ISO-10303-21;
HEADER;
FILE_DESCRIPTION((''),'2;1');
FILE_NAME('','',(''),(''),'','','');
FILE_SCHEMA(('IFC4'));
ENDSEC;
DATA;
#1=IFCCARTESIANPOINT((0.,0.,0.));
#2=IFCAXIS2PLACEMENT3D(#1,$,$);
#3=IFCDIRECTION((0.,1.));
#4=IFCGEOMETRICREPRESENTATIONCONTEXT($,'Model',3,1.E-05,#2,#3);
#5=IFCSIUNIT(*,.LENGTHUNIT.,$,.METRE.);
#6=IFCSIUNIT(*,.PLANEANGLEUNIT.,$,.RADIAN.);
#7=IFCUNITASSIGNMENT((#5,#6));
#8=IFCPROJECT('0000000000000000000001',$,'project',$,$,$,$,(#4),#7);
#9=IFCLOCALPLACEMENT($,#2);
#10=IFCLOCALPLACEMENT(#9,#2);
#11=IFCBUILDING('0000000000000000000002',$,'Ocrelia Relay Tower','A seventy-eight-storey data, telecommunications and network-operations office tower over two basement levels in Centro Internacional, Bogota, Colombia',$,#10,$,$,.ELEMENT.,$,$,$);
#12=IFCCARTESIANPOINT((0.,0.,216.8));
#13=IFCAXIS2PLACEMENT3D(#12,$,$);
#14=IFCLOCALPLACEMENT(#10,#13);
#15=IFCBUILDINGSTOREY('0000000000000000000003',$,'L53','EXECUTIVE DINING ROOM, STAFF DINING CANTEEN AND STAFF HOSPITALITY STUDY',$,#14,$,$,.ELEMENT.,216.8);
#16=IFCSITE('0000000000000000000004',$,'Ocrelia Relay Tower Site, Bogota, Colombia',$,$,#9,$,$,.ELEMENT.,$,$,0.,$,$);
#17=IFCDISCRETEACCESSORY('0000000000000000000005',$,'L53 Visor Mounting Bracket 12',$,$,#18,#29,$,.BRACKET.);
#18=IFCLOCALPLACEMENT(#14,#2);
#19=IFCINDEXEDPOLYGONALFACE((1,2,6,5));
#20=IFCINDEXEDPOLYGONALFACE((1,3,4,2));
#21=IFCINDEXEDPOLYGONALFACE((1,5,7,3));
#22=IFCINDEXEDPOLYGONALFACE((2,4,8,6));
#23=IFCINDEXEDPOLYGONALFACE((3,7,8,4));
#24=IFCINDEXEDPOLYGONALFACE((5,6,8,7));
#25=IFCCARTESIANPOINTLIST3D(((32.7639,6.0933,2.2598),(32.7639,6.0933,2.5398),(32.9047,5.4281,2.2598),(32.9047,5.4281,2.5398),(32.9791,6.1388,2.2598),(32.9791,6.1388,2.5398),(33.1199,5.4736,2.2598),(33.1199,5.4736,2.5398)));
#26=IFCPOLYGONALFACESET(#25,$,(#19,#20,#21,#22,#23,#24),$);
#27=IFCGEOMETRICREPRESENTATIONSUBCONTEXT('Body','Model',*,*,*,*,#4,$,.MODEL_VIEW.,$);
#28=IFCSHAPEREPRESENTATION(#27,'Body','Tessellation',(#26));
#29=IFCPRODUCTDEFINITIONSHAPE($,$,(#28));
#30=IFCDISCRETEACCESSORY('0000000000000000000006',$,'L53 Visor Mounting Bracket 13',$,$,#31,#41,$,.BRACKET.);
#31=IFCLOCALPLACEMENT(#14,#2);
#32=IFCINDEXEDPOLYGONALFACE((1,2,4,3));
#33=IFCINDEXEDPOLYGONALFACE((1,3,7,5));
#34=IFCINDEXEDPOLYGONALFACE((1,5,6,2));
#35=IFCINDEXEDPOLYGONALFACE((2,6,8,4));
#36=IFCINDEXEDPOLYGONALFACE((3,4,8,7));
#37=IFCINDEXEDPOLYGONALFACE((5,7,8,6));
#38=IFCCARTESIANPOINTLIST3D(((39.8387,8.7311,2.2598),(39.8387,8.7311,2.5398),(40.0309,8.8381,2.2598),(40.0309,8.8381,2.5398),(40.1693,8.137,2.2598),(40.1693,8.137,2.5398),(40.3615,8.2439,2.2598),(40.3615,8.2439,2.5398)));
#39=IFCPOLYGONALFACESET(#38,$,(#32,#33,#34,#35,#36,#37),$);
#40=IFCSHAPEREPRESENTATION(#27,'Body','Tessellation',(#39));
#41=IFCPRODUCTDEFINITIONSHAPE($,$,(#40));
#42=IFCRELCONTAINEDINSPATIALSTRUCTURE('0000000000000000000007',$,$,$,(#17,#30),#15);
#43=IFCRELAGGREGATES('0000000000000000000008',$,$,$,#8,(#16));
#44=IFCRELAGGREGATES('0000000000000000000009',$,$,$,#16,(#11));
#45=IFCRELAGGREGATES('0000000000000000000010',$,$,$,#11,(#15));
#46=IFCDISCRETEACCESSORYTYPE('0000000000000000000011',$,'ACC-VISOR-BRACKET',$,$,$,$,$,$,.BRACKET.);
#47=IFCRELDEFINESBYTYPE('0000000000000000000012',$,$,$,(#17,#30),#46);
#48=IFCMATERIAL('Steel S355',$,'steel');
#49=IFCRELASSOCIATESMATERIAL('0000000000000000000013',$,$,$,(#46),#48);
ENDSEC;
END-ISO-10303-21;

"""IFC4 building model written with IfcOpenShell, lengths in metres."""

from ifc_helpers import new_model, si_unit, direction, frame, origin, origin_2d, place, context, subcontext, project, spatial, rectangle, extrude, material, type_object, element, save


model = new_model("IFC4")

# Units and contexts
model_context = context("Model", 3, precision=1e-05, world=origin(), true_north=direction((0.0, 1.0)))
body_context = subcontext(model_context, "Body", "Model", "MODEL_VIEW")
ifc_project = project(units=[si_unit("LENGTHUNIT", "METRE"), si_unit("PLANEANGLEUNIT", "RADIAN")], contexts=[model_context])

# Site, building, storey
site_placement = place(None, origin())
site = spatial("IfcSite", under=ifc_project, at=site_placement, Name="Ocrelia Relay Tower Site, Bogota, Colombia", CompositionType="ELEMENT", RefElevation=0.0)
building_placement = place(site_placement, origin())
building = spatial("IfcBuilding", under=site, at=building_placement, Name="Ocrelia Relay Tower", Description="A seventy-eight-storey data, telecommunications and network-operations office tower over two basement levels in Centro Internacional, Bogota, Colombia", CompositionType="ELEMENT")
storey_placement = place(building_placement, frame((0.0, 0.0, 216.8)))
storey = spatial("IfcBuildingStorey", under=building, at=storey_placement, Name="L53", Description="EXECUTIVE DINING ROOM, STAFF DINING CANTEEN AND STAFF HOSPITALITY STUDY", CompositionType="ELEMENT", Elevation=216.8)

# Shared definitions
ifc_material_1 = material(Name="Steel S355", Category="steel")

# Discrete accessories
discrete_accessory_type = type_object("IfcDiscreteAccessoryType", Name="ACC-VISOR-BRACKET", PredefinedType="BRACKET", material=ifc_material_1)
for number, where, z_axis, x_axis, name in (
    (1, (32.9419, 5.7834, 2.2598), (0.0, 0.0, 1.0), (0.978312, 0.207136, 0.0), "L53 Visor Mounting Bracket 12"),
    (2, (40.1001, 8.4875, 2.2598), (0.0, 0.0, 1.0), (0.873843, 0.486208, 0.0), "L53 Visor Mounting Bracket 13"),
):
    element("IfcDiscreteAccessory", number, at=place(storey_placement, frame(where, z_axis=z_axis, x_axis=x_axis)), inside=storey, type_object=discrete_accessory_type, Name=name, PredefinedType="BRACKET", context=body_context, shape_type="SweptSolid", body=[
        extrude(rectangle(XDim=0.22, YDim=0.6799, at=origin_2d()), origin(), (0.0, 0.0, 1.0), 0.28),
    ])

save(model, "model.ifc")
